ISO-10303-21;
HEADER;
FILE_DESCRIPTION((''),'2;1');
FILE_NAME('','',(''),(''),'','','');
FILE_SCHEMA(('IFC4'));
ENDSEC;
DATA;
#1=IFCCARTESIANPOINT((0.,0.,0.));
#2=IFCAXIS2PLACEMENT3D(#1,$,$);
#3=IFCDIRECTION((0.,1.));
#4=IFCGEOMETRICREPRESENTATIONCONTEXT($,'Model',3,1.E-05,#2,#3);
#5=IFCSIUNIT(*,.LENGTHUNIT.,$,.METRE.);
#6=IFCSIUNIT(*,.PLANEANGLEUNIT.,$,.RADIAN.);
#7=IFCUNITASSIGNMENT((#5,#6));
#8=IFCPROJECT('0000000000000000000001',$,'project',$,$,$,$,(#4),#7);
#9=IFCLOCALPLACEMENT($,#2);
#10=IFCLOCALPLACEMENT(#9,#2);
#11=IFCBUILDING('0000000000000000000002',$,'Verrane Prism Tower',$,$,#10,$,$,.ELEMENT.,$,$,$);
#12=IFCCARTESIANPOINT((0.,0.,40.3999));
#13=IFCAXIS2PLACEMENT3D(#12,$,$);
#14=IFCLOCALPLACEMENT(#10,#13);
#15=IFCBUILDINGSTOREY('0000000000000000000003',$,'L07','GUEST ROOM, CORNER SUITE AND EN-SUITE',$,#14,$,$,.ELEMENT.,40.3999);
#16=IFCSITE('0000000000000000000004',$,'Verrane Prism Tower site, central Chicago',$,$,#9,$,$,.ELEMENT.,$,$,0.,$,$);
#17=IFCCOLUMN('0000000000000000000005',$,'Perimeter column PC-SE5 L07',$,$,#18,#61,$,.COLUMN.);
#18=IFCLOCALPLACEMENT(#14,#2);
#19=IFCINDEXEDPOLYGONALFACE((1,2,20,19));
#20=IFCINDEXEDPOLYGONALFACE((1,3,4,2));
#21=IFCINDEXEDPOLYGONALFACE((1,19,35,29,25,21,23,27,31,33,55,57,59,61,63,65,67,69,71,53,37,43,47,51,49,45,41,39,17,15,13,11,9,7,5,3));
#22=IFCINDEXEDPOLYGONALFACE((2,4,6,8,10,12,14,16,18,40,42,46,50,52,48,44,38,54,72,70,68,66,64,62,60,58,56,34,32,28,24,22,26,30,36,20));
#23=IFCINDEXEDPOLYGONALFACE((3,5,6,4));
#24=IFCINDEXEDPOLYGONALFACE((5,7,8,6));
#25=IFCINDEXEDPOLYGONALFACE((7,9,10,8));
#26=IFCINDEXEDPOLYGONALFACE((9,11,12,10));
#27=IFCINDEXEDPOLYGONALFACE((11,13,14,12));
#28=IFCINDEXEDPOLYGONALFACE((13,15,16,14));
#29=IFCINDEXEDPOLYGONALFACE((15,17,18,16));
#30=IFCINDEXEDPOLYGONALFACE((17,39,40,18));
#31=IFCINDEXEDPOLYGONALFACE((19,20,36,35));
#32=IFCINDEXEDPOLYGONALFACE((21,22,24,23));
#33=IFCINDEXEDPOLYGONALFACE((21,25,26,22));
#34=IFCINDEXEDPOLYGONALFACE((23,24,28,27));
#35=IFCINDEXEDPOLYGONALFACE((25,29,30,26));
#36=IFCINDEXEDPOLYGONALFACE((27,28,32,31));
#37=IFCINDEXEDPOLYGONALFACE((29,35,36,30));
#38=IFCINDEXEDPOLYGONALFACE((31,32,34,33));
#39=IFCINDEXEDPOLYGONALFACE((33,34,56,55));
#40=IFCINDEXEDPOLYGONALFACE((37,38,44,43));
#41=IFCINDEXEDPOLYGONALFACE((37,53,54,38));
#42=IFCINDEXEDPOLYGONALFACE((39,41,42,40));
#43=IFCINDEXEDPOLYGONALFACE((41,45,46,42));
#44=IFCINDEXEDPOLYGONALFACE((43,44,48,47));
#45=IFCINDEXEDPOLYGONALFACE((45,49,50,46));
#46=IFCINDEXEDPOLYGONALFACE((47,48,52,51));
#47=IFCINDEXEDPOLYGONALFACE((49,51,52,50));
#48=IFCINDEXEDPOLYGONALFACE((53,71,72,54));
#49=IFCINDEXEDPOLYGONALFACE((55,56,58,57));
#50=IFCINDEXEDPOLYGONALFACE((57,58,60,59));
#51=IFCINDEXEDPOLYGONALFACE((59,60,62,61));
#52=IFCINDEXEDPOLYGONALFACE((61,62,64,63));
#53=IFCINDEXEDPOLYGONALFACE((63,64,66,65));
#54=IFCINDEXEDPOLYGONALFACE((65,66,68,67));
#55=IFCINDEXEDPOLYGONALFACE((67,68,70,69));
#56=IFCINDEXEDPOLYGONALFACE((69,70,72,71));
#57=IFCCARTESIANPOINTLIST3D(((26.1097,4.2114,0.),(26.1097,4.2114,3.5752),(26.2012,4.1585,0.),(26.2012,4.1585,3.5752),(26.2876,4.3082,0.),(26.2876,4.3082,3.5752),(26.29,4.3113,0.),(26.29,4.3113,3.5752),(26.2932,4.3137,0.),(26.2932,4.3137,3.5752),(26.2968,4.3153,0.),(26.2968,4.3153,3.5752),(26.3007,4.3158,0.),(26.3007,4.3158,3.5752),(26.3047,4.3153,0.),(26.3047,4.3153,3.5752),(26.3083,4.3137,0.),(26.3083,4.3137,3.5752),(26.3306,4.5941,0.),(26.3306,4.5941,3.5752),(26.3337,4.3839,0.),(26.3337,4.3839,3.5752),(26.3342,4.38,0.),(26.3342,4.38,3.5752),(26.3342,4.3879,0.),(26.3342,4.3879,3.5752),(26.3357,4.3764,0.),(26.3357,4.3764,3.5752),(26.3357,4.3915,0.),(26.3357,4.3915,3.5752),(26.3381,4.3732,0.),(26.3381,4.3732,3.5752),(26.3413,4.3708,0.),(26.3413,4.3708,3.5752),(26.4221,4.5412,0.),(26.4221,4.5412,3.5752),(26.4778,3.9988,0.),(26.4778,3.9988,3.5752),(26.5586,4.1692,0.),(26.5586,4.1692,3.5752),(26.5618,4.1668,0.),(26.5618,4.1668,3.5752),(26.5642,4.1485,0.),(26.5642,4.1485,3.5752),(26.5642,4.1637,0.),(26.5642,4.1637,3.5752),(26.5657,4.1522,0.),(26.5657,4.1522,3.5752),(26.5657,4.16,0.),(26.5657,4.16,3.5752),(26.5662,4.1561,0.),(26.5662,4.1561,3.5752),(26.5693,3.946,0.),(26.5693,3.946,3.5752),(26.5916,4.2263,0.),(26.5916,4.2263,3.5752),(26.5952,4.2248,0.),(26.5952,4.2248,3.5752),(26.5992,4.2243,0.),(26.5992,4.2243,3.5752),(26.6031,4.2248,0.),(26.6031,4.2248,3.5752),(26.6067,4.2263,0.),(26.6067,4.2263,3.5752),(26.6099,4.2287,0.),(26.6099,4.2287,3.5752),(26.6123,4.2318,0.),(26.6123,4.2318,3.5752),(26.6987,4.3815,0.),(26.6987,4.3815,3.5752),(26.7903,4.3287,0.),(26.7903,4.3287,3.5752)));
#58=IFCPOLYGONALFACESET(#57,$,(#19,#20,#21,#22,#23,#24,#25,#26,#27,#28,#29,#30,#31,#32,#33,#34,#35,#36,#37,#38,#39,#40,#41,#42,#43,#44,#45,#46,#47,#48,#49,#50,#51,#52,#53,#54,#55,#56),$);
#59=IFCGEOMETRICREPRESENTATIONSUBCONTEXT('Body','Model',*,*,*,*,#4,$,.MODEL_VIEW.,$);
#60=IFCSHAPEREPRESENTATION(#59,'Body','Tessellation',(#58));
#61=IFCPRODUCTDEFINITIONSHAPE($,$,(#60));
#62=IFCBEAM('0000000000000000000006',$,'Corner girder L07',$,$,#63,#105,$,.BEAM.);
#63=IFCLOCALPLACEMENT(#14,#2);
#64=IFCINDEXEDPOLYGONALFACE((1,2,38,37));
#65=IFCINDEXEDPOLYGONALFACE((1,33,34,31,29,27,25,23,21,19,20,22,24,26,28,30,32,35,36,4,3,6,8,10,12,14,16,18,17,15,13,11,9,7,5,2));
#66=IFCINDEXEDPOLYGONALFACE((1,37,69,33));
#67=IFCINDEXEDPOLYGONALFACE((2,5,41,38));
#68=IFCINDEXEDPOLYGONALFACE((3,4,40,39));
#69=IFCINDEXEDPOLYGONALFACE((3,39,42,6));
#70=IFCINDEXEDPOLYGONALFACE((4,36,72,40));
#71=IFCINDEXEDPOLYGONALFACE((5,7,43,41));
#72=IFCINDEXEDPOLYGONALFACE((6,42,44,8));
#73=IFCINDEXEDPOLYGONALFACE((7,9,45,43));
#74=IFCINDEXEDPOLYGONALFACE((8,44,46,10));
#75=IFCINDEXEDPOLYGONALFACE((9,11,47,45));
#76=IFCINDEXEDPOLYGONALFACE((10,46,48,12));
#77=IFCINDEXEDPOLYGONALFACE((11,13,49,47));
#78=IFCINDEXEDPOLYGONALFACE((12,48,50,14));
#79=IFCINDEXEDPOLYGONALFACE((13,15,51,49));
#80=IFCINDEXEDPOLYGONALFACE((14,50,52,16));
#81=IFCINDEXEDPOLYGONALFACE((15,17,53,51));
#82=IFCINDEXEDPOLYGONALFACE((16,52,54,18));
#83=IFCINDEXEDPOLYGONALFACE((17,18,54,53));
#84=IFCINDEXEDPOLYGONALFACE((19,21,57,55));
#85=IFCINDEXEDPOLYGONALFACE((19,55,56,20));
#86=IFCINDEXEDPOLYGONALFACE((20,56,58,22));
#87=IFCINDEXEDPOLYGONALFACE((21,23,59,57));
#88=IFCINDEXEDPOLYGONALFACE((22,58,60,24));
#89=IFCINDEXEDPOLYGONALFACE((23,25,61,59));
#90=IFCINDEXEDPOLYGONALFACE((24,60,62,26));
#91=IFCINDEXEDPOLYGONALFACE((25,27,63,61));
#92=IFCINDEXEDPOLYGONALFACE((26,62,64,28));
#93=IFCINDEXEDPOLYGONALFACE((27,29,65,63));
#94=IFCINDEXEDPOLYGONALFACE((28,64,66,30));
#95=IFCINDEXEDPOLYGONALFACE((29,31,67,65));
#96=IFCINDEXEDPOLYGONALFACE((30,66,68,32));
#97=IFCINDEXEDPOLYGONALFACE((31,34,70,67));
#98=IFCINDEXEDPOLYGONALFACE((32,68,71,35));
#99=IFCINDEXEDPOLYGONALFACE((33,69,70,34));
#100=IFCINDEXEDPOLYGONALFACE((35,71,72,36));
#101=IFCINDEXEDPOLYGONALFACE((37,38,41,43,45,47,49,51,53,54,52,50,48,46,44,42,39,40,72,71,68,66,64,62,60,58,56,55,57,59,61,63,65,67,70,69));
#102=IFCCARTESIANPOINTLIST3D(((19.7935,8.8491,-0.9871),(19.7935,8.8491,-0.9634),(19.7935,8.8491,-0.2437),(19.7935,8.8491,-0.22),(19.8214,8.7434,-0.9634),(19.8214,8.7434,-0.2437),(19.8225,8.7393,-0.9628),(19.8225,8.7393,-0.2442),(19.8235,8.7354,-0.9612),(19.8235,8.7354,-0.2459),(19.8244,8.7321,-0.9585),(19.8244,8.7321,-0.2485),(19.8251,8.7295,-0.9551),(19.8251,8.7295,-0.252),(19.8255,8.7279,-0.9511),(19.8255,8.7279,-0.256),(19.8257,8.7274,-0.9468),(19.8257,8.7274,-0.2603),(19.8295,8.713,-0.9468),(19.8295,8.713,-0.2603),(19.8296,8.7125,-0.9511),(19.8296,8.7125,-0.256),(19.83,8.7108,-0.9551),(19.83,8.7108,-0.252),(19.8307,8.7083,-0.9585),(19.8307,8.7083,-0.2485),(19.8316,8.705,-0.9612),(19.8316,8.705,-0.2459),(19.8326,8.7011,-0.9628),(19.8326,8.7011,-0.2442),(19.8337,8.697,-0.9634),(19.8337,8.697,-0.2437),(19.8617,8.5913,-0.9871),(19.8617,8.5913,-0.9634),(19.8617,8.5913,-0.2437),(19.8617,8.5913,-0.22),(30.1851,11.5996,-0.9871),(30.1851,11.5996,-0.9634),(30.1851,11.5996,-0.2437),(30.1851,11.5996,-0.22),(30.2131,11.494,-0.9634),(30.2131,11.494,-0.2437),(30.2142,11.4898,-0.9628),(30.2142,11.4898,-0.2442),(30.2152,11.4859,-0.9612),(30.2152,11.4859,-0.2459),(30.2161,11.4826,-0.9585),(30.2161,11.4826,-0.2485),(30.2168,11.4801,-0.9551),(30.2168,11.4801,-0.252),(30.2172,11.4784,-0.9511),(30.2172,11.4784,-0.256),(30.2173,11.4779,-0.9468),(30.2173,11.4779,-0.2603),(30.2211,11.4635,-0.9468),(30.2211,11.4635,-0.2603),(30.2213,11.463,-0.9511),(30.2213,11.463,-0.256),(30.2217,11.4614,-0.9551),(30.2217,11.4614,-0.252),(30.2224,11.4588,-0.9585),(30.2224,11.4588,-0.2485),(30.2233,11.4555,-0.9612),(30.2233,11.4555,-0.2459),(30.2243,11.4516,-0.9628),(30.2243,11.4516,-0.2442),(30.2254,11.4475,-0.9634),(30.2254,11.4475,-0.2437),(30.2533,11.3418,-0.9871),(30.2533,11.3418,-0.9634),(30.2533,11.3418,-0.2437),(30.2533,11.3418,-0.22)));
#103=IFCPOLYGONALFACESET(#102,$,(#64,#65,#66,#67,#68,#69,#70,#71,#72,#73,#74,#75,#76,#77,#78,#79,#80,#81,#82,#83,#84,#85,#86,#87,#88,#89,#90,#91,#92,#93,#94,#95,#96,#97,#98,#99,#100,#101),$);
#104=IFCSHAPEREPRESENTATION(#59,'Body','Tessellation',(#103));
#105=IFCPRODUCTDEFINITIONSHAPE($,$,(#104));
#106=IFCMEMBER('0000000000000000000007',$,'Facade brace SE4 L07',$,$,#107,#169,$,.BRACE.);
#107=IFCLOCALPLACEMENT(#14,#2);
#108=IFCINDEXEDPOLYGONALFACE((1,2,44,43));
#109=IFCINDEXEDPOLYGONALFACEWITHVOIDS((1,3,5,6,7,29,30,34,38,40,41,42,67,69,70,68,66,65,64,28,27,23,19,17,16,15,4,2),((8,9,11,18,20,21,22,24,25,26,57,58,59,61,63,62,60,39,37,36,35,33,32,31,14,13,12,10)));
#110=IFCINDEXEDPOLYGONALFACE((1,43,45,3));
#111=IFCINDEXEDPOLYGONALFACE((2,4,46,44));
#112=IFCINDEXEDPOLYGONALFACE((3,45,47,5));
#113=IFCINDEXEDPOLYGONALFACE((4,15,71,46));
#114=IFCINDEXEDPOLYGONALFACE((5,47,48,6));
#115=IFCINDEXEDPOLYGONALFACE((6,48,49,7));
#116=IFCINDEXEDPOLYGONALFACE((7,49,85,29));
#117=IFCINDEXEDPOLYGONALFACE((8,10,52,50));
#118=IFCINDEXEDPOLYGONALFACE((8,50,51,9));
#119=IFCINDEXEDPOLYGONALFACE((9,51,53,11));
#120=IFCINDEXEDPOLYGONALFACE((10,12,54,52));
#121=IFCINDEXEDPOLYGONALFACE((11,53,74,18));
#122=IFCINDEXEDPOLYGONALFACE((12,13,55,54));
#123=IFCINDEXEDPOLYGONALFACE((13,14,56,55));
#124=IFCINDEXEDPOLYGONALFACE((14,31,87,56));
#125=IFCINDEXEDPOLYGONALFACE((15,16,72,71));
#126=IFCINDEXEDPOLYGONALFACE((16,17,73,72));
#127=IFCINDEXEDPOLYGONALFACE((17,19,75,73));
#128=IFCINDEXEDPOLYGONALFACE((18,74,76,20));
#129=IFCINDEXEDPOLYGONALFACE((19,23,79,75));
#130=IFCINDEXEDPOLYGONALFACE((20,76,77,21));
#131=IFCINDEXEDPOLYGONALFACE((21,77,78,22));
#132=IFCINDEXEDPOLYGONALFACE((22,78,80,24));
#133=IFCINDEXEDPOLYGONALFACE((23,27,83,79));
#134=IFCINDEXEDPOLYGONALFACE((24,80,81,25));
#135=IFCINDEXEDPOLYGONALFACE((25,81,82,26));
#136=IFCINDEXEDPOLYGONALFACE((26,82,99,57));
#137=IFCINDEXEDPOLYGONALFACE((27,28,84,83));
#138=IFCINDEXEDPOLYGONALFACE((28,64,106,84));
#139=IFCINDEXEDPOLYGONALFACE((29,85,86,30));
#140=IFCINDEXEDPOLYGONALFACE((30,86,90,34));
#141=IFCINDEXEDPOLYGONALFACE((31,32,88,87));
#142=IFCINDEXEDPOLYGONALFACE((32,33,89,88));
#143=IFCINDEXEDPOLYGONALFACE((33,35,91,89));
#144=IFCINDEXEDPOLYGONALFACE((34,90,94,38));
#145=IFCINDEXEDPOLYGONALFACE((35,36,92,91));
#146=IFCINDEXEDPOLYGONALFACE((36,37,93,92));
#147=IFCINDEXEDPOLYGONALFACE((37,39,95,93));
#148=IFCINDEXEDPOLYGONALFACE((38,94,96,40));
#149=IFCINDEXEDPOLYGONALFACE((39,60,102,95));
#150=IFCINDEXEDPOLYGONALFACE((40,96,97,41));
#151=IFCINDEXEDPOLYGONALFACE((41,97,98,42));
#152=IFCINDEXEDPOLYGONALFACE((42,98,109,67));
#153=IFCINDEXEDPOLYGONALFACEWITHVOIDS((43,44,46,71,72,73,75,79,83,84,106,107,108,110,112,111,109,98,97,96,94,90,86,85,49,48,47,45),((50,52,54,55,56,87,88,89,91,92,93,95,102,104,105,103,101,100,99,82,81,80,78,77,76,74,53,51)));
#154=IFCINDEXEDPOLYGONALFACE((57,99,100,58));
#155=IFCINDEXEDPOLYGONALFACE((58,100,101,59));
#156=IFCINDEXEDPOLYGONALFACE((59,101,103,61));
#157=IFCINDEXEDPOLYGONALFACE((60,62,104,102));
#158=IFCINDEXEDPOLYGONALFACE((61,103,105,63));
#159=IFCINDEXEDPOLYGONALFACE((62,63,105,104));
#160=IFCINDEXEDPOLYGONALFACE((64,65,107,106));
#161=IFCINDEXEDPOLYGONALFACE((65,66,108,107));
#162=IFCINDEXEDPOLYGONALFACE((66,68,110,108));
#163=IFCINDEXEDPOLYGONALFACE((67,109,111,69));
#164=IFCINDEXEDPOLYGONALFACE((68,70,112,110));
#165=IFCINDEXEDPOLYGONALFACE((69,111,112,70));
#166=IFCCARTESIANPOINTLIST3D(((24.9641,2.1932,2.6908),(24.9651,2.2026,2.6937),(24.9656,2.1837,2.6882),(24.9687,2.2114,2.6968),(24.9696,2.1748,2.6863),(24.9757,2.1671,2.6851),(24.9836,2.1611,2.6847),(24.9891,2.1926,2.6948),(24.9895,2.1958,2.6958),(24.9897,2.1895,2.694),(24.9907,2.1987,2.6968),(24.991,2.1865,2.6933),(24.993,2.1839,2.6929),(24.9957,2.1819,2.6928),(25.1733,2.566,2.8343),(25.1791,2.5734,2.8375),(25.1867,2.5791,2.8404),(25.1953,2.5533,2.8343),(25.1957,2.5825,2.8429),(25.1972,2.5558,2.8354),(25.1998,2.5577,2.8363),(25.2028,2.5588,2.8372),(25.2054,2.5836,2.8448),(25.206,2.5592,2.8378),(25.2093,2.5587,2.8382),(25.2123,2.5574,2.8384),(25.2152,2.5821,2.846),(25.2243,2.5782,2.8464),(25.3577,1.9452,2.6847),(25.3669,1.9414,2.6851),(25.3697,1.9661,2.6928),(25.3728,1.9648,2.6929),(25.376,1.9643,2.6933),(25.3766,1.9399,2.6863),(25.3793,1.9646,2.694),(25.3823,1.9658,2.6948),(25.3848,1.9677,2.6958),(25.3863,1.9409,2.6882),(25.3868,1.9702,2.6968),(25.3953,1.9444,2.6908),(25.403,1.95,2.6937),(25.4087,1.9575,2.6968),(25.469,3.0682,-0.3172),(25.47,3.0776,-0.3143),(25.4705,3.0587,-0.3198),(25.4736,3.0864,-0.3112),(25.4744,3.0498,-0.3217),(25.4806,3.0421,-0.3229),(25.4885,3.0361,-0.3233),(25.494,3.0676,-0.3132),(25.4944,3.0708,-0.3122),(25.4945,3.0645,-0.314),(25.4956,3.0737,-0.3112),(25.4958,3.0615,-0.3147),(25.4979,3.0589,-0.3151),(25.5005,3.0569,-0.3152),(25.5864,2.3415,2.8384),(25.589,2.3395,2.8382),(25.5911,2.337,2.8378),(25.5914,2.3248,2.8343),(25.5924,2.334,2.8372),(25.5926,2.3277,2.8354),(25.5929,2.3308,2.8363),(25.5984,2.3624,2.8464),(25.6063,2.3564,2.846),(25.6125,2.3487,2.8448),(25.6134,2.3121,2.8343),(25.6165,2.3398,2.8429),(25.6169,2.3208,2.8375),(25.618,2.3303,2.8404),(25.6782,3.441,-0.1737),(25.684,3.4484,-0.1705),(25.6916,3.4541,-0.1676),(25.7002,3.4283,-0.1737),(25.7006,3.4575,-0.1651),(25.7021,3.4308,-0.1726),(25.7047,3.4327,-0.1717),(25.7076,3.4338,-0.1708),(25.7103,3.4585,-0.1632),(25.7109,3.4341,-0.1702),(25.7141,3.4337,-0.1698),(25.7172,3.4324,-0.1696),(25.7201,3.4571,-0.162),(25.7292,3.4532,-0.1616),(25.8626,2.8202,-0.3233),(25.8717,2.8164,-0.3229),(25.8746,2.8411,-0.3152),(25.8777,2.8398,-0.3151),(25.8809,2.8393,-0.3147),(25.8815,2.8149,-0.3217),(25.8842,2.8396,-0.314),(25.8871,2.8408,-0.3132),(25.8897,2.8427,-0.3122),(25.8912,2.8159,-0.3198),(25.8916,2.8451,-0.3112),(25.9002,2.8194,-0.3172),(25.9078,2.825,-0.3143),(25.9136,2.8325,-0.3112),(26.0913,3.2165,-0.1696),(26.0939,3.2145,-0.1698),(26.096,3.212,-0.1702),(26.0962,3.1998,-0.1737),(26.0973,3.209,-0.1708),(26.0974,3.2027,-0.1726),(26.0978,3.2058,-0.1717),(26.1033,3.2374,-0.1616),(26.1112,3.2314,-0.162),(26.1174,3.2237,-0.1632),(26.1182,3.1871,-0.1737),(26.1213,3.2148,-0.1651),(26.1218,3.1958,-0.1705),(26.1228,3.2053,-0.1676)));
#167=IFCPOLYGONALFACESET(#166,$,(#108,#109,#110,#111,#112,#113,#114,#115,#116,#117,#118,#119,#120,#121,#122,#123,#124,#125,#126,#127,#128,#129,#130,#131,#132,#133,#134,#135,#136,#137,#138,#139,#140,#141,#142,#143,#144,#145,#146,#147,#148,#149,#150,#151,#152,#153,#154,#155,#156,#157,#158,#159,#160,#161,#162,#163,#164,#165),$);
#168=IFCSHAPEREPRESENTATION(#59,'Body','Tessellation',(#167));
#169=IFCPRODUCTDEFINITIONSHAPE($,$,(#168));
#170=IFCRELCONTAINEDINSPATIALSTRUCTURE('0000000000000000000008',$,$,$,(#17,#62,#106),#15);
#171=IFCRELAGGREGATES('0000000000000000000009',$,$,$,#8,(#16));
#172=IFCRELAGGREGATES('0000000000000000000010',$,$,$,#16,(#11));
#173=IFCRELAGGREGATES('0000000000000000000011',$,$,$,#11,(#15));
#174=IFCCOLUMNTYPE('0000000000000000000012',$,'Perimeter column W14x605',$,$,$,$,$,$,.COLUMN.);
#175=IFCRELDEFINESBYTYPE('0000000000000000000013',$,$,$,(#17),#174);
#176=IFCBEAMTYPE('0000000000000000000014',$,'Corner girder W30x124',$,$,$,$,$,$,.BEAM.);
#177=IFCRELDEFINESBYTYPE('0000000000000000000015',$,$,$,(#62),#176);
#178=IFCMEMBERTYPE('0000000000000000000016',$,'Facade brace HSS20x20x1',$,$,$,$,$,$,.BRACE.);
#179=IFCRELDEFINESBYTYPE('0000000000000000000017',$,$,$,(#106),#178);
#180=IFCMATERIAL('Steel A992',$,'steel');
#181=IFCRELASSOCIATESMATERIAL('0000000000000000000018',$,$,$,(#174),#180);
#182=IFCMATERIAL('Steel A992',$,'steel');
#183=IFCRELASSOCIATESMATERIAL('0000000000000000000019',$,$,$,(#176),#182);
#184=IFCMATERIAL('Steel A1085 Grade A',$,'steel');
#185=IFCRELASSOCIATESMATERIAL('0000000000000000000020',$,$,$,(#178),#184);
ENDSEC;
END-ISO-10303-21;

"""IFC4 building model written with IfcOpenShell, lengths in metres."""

from ifc_helpers import new_model, si_unit, direction, frame, origin, origin_2d, place, context, subcontext, project, spatial, hollow_rectangle, i_section, extrude, material, material_profile, profile_set, type_object, element, save


model = new_model("IFC4")

# Units and contexts
model_context = context("Model", 3, precision=1e-05, world=origin(), true_north=direction((0.0, 1.0)))
body_context = subcontext(model_context, "Body", "Model", "MODEL_VIEW")
ifc_project = project(units=[si_unit("LENGTHUNIT", "METRE"), si_unit("PLANEANGLEUNIT", "RADIAN")], contexts=[model_context])

# Site, building, storey
site_placement = place(None, origin())
site = spatial("IfcSite", under=ifc_project, at=site_placement, Name="Verrane Prism Tower site, central Chicago", CompositionType="ELEMENT", RefElevation=0.0)
building_placement = place(site_placement, origin())
building = spatial("IfcBuilding", under=site, at=building_placement, Name="Verrane Prism Tower", CompositionType="ELEMENT")
storey_placement = place(building_placement, frame((0.0, 0.0, 40.3999)))
storey = spatial("IfcBuildingStorey", under=building, at=storey_placement, Name="L07", Description="GUEST ROOM, CORNER SUITE AND EN-SUITE", CompositionType="ELEMENT", Elevation=40.3999)

# Column
ifc_material_1 = material(Name="Steel A992", Category="steel")
ifc_material_profile_1 = material_profile(ifc_material_1, i_section(OverallWidth=0.4419, OverallDepth=0.5308, WebThickness=0.0659, FlangeThickness=0.1057, FilletRadius=0.0151, at=origin_2d()), Name="W14x605")
ifc_profile_set_1 = profile_set([ifc_material_profile_1], Name="Steel A992")
column_type = type_object("IfcColumnType", Name="Perimeter column W14x605", PredefinedType="COLUMN", material=ifc_profile_set_1)
column_placement = place(storey_placement, frame((26.45, 4.27, 0.0), z_axis=(0.0, 0.0, 1.0), x_axis=(-0.5, -0.866025, 0.0)))
element("IfcColumn", 1, at=column_placement, inside=storey, type_object=column_type, Name="Perimeter column PC-SE5 L07", PredefinedType="COLUMN", context=body_context, shape_type="SweptSolid", body=[
    extrude(i_section(OverallWidth=0.4419, OverallDepth=0.5308, WebThickness=0.0659, FlangeThickness=0.1057, FilletRadius=0.0151, at=origin_2d()), origin(), (0.0, 0.0, 1.0), 3.5752),
])

# Beam
ifc_material_2 = material(Name="Steel A992", Category="steel")
ifc_material_profile_2 = material_profile(ifc_material_2, i_section(OverallWidth=0.2666, OverallDepth=0.7671, WebThickness=0.0149, FlangeThickness=0.0237, FilletRadius=0.0166, at=origin_2d()), Name="W30x124")
ifc_profile_set_2 = profile_set([ifc_material_profile_2], Name="Steel A992")
beam_type_1 = type_object("IfcBeamType", Name="Corner girder W30x124", PredefinedType="BEAM", material=ifc_profile_set_2)
beam_1_placement = place(storey_placement, frame((30.2192, 11.4707, -0.6035), z_axis=(-0.966711, -0.255873, 0.0), x_axis=(0.255873, -0.966711, 0.0)))
element("IfcBeam", 2, at=beam_1_placement, inside=storey, type_object=beam_type_1, Name="Corner girder L07", PredefinedType="BEAM", context=body_context, shape_type="SweptSolid", body=[
    extrude(i_section(OverallWidth=0.2666, OverallDepth=0.7671, WebThickness=0.0149, FlangeThickness=0.0237, FilletRadius=0.0166, at=origin_2d()), origin(), (0.0, 0.0, 1.0), 10.7495),
])

# Member
ifc_material_3 = material(Name="Steel A1085 Grade A", Category="steel")
ifc_material_profile_3 = material_profile(ifc_material_3, hollow_rectangle(XDim=0.5081, YDim=0.5081, WallThickness=0.0254, InnerFilletRadius=0.0127, OuterFilletRadius=0.0381, at=origin_2d()), Name="HSS20x20x1")
ifc_profile_set_3 = profile_set([ifc_material_profile_3], Name="Steel A1085 Grade A")
member_type_1 = type_object("IfcMemberType", Name="Facade brace HSS20x20x1", PredefinedType="BRACE", material=ifc_profile_set_3)
member_1_placement = place(storey_placement, frame((25.7959, 3.1367, -0.2424), z_axis=(-0.15911, -0.27575, 0.947969), x_axis=(0.866153, -0.499778, 0.0)))
element("IfcMember", 3, at=member_1_placement, inside=storey, type_object=member_type_1, Name="Facade brace SE4 L07", PredefinedType="BRACE", context=body_context, shape_type="SweptSolid", body=[
    extrude(hollow_rectangle(XDim=0.5081, YDim=0.5081, WallThickness=0.0254, InnerFilletRadius=0.0127, OuterFilletRadius=0.0381, at=origin_2d()), origin(), (0.0, 0.0, 1.0), 3.1731),
])

save(model, "model.ifc")
